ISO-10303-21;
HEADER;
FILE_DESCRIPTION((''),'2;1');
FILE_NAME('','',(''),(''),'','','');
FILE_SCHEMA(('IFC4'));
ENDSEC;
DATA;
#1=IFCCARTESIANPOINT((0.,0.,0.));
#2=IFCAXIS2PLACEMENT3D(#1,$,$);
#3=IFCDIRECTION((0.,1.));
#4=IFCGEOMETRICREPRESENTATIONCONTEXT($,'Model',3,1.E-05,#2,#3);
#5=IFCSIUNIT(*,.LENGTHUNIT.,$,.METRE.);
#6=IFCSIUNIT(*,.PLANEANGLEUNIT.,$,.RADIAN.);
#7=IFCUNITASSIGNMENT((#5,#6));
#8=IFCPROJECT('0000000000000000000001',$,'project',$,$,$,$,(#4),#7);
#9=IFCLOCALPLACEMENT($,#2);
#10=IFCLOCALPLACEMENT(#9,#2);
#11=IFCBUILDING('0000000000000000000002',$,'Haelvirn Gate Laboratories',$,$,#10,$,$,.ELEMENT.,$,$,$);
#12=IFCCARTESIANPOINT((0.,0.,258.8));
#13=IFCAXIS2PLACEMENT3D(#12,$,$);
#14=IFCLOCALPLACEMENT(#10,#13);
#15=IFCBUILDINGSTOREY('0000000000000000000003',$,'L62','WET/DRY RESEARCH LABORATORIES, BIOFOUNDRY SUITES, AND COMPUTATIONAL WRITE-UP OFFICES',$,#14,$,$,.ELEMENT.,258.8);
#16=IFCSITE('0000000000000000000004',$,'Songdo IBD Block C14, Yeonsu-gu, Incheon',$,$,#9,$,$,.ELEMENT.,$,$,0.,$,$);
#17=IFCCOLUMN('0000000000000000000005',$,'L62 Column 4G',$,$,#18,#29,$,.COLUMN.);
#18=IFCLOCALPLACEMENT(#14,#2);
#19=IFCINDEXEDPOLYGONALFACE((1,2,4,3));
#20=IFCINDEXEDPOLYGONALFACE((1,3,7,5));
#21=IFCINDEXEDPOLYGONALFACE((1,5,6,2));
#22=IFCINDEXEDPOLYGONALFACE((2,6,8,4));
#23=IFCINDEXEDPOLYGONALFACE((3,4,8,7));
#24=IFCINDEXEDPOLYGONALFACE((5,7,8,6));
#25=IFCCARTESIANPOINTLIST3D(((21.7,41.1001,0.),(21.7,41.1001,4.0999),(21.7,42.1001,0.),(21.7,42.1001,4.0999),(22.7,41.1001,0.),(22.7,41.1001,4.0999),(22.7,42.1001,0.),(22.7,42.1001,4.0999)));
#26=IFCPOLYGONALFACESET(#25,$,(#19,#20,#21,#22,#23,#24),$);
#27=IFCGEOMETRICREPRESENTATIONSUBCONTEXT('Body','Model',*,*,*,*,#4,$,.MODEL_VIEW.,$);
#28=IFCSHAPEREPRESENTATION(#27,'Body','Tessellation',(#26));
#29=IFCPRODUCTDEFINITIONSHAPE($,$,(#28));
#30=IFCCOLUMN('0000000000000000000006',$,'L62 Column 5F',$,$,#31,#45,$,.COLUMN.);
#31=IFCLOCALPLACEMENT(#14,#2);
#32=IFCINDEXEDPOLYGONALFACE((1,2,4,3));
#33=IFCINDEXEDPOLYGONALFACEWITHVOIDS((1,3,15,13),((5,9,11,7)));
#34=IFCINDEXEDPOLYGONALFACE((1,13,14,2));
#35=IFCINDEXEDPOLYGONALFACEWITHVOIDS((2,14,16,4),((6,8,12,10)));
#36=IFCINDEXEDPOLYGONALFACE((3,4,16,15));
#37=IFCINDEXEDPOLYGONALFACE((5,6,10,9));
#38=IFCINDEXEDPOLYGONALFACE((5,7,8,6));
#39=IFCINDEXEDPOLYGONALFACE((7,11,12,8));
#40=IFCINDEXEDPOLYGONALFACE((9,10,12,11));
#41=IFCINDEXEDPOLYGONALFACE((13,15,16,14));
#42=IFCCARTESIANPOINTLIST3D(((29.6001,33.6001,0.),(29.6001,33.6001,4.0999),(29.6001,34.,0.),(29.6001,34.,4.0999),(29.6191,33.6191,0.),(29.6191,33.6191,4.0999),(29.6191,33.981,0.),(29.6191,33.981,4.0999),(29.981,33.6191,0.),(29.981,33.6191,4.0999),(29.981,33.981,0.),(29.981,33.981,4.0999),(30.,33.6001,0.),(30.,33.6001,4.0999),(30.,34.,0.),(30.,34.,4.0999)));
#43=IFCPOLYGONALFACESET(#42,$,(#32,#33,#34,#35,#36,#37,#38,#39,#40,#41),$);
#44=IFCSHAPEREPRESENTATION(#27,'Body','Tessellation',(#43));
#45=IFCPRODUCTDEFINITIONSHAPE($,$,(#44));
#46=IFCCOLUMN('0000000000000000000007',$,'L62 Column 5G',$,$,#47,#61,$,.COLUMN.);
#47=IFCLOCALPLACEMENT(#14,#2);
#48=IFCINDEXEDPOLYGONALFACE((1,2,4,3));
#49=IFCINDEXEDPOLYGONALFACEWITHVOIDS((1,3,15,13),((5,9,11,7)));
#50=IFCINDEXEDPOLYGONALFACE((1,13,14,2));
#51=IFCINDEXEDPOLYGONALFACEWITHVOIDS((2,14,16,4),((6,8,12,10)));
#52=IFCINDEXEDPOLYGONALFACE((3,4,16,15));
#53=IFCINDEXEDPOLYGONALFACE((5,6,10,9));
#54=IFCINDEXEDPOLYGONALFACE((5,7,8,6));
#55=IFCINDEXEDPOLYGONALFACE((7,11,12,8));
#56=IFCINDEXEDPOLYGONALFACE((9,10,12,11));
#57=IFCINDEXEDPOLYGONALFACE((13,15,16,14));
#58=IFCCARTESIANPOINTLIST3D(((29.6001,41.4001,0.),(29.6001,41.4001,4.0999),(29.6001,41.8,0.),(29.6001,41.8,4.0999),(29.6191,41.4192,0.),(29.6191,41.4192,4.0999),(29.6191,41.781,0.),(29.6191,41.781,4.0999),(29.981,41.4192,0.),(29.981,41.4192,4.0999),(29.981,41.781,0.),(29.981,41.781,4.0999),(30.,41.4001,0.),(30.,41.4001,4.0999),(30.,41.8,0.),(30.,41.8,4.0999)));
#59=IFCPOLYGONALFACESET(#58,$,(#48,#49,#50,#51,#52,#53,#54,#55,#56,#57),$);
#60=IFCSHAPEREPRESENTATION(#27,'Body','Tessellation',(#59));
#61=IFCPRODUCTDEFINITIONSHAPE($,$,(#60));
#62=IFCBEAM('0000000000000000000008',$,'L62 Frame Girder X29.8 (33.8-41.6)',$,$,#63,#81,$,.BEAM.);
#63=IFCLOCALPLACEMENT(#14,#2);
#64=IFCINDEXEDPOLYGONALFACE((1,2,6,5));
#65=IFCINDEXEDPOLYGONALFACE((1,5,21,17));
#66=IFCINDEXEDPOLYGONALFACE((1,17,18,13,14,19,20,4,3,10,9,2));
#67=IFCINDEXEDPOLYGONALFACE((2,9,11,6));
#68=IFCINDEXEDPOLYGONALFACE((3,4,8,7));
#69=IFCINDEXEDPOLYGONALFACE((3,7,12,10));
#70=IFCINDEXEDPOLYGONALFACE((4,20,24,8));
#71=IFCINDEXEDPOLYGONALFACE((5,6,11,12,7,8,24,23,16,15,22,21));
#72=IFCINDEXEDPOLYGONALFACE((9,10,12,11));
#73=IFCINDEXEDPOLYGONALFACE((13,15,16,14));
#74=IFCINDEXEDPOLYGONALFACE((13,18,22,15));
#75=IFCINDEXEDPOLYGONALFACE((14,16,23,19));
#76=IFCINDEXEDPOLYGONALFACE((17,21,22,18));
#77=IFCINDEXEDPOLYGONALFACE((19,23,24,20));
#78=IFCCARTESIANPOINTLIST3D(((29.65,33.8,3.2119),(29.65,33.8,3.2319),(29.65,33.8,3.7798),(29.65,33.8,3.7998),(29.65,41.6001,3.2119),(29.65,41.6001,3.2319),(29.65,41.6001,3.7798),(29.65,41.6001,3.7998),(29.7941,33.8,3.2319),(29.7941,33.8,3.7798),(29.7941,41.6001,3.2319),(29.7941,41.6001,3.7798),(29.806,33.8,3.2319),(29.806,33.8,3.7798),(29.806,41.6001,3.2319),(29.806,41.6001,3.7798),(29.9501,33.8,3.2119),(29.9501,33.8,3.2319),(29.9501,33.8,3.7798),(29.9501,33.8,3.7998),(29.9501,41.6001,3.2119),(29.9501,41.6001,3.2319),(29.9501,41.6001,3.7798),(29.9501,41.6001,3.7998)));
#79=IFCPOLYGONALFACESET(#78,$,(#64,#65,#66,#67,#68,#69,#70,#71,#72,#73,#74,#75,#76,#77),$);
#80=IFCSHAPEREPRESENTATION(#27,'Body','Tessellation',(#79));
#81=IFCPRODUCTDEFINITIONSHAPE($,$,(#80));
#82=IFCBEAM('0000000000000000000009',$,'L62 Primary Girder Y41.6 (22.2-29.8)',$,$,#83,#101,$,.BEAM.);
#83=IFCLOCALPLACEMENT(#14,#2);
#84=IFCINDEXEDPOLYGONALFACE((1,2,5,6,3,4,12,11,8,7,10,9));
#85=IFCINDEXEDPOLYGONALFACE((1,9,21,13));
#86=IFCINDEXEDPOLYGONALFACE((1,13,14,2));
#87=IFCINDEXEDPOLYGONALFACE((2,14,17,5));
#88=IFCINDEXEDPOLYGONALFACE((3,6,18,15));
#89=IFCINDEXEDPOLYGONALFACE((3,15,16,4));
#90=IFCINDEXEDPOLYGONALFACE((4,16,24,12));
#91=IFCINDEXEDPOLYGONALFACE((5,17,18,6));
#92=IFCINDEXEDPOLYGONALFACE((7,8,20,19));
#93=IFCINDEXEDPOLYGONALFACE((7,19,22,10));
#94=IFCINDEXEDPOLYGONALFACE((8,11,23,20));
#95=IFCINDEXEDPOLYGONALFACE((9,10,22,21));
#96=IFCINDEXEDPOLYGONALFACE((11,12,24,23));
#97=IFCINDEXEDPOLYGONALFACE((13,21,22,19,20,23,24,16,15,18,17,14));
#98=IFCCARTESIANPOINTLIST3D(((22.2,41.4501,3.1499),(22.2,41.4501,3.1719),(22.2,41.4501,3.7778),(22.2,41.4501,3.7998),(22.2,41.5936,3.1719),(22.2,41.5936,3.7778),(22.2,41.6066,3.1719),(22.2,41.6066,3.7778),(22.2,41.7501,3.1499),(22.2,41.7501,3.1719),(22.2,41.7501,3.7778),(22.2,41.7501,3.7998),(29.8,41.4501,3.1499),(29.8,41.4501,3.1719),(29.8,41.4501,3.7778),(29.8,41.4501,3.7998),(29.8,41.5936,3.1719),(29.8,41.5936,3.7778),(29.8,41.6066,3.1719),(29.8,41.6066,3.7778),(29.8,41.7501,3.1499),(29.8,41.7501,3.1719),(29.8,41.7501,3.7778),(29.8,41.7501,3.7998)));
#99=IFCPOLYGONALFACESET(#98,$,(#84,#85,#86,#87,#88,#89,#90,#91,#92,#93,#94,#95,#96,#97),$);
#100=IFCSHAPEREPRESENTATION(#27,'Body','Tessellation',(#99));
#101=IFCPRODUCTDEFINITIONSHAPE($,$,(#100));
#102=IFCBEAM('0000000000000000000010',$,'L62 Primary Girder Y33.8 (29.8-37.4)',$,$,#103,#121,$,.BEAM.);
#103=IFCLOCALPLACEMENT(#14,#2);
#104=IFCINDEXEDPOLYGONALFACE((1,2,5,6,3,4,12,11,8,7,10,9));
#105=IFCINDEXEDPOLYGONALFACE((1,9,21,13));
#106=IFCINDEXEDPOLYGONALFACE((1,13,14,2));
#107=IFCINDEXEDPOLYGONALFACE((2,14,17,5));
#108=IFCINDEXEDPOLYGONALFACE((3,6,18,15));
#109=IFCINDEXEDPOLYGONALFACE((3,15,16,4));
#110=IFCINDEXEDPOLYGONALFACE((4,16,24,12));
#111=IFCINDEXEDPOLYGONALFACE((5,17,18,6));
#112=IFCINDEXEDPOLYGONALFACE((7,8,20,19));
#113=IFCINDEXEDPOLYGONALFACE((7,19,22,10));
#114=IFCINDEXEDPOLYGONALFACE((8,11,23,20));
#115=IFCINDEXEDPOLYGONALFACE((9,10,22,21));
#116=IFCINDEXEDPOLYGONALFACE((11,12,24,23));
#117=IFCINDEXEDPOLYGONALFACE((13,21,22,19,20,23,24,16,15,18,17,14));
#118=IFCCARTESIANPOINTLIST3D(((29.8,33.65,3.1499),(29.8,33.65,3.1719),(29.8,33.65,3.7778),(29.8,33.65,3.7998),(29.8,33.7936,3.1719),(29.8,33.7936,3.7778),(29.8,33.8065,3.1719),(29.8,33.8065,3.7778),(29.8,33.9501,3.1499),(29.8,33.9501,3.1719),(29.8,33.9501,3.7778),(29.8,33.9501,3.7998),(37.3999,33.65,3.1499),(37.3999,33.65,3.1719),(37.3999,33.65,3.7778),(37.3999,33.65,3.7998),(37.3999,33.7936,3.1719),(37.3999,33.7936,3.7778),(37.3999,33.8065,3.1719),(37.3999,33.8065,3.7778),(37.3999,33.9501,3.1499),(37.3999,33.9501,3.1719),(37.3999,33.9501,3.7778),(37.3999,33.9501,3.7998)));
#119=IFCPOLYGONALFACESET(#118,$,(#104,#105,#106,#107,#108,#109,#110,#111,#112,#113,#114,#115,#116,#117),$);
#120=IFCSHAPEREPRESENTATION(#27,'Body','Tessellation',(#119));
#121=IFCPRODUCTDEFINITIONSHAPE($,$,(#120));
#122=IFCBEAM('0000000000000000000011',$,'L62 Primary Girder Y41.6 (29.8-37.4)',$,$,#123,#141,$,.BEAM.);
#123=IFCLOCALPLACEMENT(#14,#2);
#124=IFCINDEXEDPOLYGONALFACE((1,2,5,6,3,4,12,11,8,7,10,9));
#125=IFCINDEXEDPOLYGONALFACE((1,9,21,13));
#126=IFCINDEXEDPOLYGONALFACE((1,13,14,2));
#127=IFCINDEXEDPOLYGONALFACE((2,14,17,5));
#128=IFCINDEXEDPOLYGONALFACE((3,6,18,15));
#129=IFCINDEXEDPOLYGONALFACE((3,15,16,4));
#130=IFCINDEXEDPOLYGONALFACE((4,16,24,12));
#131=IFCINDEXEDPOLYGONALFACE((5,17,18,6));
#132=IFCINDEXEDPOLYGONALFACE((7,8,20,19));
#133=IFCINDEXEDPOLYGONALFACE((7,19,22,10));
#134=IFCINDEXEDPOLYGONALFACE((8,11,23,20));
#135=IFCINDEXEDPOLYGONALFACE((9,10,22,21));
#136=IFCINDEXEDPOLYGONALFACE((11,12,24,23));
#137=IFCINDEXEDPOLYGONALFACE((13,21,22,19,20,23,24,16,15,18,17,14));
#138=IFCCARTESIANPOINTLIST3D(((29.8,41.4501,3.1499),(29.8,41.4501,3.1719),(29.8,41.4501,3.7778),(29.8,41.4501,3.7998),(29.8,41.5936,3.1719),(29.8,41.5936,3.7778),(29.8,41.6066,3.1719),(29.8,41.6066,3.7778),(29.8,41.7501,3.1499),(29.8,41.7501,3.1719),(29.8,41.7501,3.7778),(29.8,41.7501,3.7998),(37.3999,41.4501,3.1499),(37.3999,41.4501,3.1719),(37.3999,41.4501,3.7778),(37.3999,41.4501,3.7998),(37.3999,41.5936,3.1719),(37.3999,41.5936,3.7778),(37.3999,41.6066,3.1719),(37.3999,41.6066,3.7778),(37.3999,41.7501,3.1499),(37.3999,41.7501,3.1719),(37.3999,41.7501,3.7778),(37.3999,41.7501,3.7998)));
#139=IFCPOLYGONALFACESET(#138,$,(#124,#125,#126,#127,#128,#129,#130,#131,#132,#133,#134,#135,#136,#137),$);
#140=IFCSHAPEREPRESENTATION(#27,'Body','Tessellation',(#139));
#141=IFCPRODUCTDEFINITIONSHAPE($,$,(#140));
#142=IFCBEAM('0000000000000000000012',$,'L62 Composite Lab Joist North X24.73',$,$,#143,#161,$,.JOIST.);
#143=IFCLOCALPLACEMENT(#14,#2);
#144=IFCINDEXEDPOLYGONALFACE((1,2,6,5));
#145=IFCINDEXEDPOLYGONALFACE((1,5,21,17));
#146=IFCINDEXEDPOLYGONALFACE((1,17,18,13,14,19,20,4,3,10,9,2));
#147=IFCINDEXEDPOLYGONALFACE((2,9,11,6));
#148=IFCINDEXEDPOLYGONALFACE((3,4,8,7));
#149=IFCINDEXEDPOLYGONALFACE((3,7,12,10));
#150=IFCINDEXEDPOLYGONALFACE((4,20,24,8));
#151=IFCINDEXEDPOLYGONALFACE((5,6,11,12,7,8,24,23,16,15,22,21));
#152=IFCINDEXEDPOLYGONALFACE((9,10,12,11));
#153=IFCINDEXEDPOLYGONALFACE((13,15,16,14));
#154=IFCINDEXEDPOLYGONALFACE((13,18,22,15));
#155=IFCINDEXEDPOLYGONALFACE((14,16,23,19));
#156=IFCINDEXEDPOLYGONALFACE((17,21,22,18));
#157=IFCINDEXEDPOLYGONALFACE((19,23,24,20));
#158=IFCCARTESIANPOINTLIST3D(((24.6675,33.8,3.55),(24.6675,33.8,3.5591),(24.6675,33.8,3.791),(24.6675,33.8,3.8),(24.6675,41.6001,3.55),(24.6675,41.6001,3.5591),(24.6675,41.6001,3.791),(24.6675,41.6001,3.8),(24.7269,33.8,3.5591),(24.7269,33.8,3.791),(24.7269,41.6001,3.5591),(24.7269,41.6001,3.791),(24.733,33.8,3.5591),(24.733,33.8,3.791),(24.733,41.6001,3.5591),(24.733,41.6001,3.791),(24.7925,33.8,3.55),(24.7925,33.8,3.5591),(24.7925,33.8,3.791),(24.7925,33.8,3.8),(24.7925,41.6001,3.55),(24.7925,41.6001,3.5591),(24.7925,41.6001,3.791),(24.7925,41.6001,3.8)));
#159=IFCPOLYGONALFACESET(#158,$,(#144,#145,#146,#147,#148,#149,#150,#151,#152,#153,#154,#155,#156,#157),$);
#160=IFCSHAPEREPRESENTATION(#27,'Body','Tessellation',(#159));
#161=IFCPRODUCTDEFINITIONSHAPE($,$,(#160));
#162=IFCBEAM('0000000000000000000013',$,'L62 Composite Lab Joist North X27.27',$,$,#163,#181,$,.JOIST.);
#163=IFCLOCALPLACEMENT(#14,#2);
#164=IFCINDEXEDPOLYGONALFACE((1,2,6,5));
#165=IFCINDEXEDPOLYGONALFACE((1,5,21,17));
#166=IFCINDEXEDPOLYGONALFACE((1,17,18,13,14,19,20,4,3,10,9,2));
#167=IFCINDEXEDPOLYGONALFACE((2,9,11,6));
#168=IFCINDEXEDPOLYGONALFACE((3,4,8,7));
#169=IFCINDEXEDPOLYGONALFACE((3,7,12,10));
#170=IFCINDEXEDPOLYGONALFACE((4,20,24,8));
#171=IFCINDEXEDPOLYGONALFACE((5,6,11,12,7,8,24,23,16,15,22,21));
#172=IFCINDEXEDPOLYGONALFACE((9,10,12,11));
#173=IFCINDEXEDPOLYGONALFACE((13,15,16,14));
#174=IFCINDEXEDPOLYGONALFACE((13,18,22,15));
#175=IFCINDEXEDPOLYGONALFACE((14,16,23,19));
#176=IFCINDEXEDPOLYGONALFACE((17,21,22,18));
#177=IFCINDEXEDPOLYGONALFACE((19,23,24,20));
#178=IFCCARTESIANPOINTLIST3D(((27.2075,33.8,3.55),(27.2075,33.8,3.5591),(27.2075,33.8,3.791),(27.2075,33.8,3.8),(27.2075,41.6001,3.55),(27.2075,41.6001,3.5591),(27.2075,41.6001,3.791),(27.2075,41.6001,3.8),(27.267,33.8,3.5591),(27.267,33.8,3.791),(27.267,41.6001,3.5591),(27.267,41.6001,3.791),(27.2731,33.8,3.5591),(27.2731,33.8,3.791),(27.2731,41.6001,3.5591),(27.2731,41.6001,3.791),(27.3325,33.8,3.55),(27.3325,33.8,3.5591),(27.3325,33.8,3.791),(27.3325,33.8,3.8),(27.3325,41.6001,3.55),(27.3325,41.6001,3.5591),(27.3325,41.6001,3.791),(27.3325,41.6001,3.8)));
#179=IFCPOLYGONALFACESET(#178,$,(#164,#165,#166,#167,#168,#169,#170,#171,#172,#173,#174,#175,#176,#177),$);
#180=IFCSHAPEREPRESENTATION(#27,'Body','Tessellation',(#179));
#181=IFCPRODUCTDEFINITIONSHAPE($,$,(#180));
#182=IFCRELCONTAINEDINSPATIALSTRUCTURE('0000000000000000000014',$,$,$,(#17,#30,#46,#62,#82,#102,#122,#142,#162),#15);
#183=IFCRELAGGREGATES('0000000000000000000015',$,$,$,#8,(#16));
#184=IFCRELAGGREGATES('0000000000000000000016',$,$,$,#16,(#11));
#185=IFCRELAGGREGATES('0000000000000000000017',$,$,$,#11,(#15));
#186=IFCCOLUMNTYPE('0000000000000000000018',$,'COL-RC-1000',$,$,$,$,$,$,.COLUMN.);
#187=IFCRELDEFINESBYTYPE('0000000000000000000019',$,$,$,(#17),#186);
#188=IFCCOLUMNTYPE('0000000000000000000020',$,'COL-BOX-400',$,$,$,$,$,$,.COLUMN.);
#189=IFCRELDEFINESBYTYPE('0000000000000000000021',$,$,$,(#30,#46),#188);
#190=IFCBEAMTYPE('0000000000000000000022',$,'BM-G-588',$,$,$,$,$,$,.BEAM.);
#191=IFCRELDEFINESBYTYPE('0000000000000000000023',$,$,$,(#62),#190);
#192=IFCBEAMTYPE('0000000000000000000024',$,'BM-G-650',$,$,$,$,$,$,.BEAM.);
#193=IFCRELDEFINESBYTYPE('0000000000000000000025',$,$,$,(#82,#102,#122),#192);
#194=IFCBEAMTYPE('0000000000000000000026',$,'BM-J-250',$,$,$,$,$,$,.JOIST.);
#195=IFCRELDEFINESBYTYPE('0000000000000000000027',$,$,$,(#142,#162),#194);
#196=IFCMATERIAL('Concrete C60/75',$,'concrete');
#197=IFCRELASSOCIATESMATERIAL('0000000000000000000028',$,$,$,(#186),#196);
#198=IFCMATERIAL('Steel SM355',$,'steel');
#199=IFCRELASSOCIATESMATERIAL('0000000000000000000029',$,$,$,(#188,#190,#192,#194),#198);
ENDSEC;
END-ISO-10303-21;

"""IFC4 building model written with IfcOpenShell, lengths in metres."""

from ifc_helpers import new_model, si_unit, direction, frame, origin, origin_2d, place, context, subcontext, project, spatial, rectangle, hollow_rectangle, i_section, extrude, source, transform, mapped, material, material_profile, profile_set, type_object, type_shapes, element, save


model = new_model("IFC4")

# Units and contexts
model_context = context("Model", 3, precision=1e-05, world=origin(), true_north=direction((0.0, 1.0)))
body_context = subcontext(model_context, "Body", "Model", "MODEL_VIEW")
ifc_project = project(units=[si_unit("LENGTHUNIT", "METRE"), si_unit("PLANEANGLEUNIT", "RADIAN")], contexts=[model_context])

# Site, building, storey
site_placement = place(None, origin())
site = spatial("IfcSite", under=ifc_project, at=site_placement, Name="Songdo IBD Block C14, Yeonsu-gu, Incheon", CompositionType="ELEMENT", RefElevation=0.0)
building_placement = place(site_placement, origin())
building = spatial("IfcBuilding", under=site, at=building_placement, Name="Haelvirn Gate Laboratories", CompositionType="ELEMENT")
storey_placement = place(building_placement, frame((0.0, 0.0, 258.8)))
storey = spatial("IfcBuildingStorey", under=building, at=storey_placement, Name="L62", Description="WET/DRY RESEARCH LABORATORIES, BIOFOUNDRY SUITES, AND COMPUTATIONAL WRITE-UP OFFICES", CompositionType="ELEMENT", Elevation=258.8)

# Columns
ifc_material_1 = material(Name="Concrete C60/75", Category="concrete")
ifc_material_profile_1 = material_profile(ifc_material_1, rectangle(XDim=1.0, YDim=1.0, at=origin_2d()), Name="RC-1000x1000")
ifc_profile_set_1 = profile_set([ifc_material_profile_1], Name="Concrete C60/75")
column_type_1 = type_object("IfcColumnType", Name="COL-RC-1000", PredefinedType="COLUMN", material=ifc_profile_set_1)
shared_shape_1 = source(origin(), body_context, "Body", "SweptSolid", [
    extrude(rectangle(XDim=1.0, YDim=1.0, at=origin_2d()), origin(), (0.0, 0.0, 1.0), 4.0999),
])
type_shapes(column_type_1, [shared_shape_1])
column_placement = place(storey_placement, frame((22.2, 41.6001, 0.0), z_axis=(0.0, 0.0, 1.0), x_axis=(1.0, 0.0, 0.0)))
element("IfcColumn", 1, at=column_placement, inside=storey, type_object=column_type_1, Name="L62 Column 4G", PredefinedType="COLUMN", context=body_context, shape_type="MappedRepresentation", body=[
    mapped(shared_shape_1, transform((0.0, 0.0, 0.0), scale=1.0)),
])
ifc_material_2 = material(Name="Steel SM355", Category="steel")
ifc_material_profile_2 = material_profile(ifc_material_2, hollow_rectangle(XDim=0.3999, YDim=0.3999, WallThickness=0.019, at=origin_2d()), Name="BOX-400x400x19")
ifc_profile_set_2 = profile_set([ifc_material_profile_2], Name="Steel SM355")
column_type_2 = type_object("IfcColumnType", Name="COL-BOX-400", PredefinedType="COLUMN", material=ifc_profile_set_2)
shared_shape_2 = source(origin(), body_context, "Body", "SweptSolid", [
    extrude(hollow_rectangle(XDim=0.3999, YDim=0.3999, WallThickness=0.019, at=origin_2d()), origin(), (0.0, 0.0, 1.0), 4.0999),
])
type_shapes(column_type_2, [shared_shape_2])
for number, where, z_axis, x_axis, name in (
    (2, (29.8, 33.8, 0.0), (0.0, 0.0, 1.0), (1.0, 0.0, 0.0), "L62 Column 5F"),
    (3, (29.8, 41.6001, 0.0), (0.0, 0.0, 1.0), (1.0, 0.0, 0.0), "L62 Column 5G"),
):
    element("IfcColumn", number, at=place(storey_placement, frame(where, z_axis=z_axis, x_axis=x_axis)), inside=storey, type_object=column_type_2, Name=name, PredefinedType="COLUMN", context=body_context, shape_type="MappedRepresentation", body=[
        mapped(shared_shape_2, transform((0.0, 0.0, 0.0), scale=1.0)),
    ])

# Beams
ifc_material_profile_3 = material_profile(ifc_material_2, i_section(OverallWidth=0.3, OverallDepth=0.5879, WebThickness=0.012, FlangeThickness=0.02, at=origin_2d()), Name="H-588x300x12x20")
ifc_profile_set_3 = profile_set([ifc_material_profile_3], Name="Steel SM355")
beam_type_1 = type_object("IfcBeamType", Name="BM-G-588", PredefinedType="BEAM", material=ifc_profile_set_3)
shared_shape_3 = source(origin(), body_context, "Body", "SweptSolid", [
    extrude(i_section(OverallWidth=0.3, OverallDepth=0.5879, WebThickness=0.012, FlangeThickness=0.02, at=origin_2d()), origin(), (0.0, 0.0, 1.0), 7.8),
])
type_shapes(beam_type_1, [shared_shape_3])
beam_1_placement = place(storey_placement, frame((29.8, 33.8, 3.5059), z_axis=(0.0, 1.0, 0.0), x_axis=(-1.0, 0.0, 0.0)))
element("IfcBeam", 4, at=beam_1_placement, inside=storey, type_object=beam_type_1, Name="L62 Frame Girder X29.8 (33.8-41.6)", PredefinedType="BEAM", context=body_context, shape_type="MappedRepresentation", body=[
    mapped(shared_shape_3, transform((0.0, 0.0, 0.0), scale=1.0)),
])
ifc_material_profile_4 = material_profile(ifc_material_2, i_section(OverallWidth=0.3, OverallDepth=0.6499, WebThickness=0.0129, FlangeThickness=0.022, at=origin_2d()), Name="H-650x300x13x22")
ifc_profile_set_4 = profile_set([ifc_material_profile_4], Name="Steel SM355")
beam_type_2 = type_object("IfcBeamType", Name="BM-G-650", PredefinedType="BEAM", material=ifc_profile_set_4)
shared_shape_4 = source(origin(), body_context, "Body", "SweptSolid", [
    extrude(i_section(OverallWidth=0.3, OverallDepth=0.6499, WebThickness=0.0129, FlangeThickness=0.022, at=origin_2d()), origin(), (0.0, 0.0, 1.0), 7.6001),
])
beam_2_placement = place(storey_placement, frame((22.2, 41.6001, 3.4749), z_axis=(1.0, 0.0, 0.0), x_axis=(0.0, 1.0, 0.0)))
element("IfcBeam", 5, at=beam_2_placement, inside=storey, type_object=beam_type_2, Name="L62 Primary Girder Y41.6 (22.2-29.8)", PredefinedType="BEAM", context=body_context, shape_type="MappedRepresentation", body=[
    mapped(shared_shape_4, transform((0.0, 0.0, 0.0), scale=1.0)),
])
shared_shape_5 = source(origin(), body_context, "Body", "SweptSolid", [
    extrude(i_section(OverallWidth=0.3, OverallDepth=0.6499, WebThickness=0.0129, FlangeThickness=0.022, at=origin_2d()), origin(), (0.0, 0.0, 1.0), 7.5999),
])
type_shapes(beam_type_2, [shared_shape_4, shared_shape_5])
for number, where, z_axis, x_axis, name in (
    (6, (29.8, 33.8, 3.4749), (1.0, 0.0, 0.0), (0.0, 1.0, 0.0), "L62 Primary Girder Y33.8 (29.8-37.4)"),
    (7, (29.8, 41.6001, 3.4749), (1.0, 0.0, 0.0), (0.0, 1.0, 0.0), "L62 Primary Girder Y41.6 (29.8-37.4)"),
):
    element("IfcBeam", number, at=place(storey_placement, frame(where, z_axis=z_axis, x_axis=x_axis)), inside=storey, type_object=beam_type_2, Name=name, PredefinedType="BEAM", context=body_context, shape_type="MappedRepresentation", body=[
        mapped(shared_shape_5, transform((0.0, 0.0, 0.0), scale=1.0)),
    ])
ifc_material_profile_5 = material_profile(ifc_material_2, i_section(OverallWidth=0.125, OverallDepth=0.25, WebThickness=0.0061, FlangeThickness=0.009, at=origin_2d()), Name="H-250x125x6x9")
ifc_profile_set_5 = profile_set([ifc_material_profile_5], Name="Steel SM355")
beam_type_3 = type_object("IfcBeamType", Name="BM-J-250", PredefinedType="JOIST", material=ifc_profile_set_5)
shared_shape_6 = source(origin(), body_context, "Body", "SweptSolid", [
    extrude(i_section(OverallWidth=0.125, OverallDepth=0.25, WebThickness=0.0061, FlangeThickness=0.009, at=origin_2d()), origin(), (0.0, 0.0, 1.0), 7.8),
])
type_shapes(beam_type_3, [shared_shape_6])
for number, where, z_axis, x_axis, name in (
    (8, (24.73, 33.8, 3.675), (0.0, 1.0, 0.0), (-1.0, 0.0, 0.0), "L62 Composite Lab Joist North X24.73"),
    (9, (27.27, 33.8, 3.675), (0.0, 1.0, 0.0), (-1.0, 0.0, 0.0), "L62 Composite Lab Joist North X27.27"),
):
    element("IfcBeam", number, at=place(storey_placement, frame(where, z_axis=z_axis, x_axis=x_axis)), inside=storey, type_object=beam_type_3, Name=name, PredefinedType="JOIST", context=body_context, shape_type="MappedRepresentation", body=[
        mapped(shared_shape_6, transform((0.0, 0.0, 0.0), scale=1.0)),
    ])

save(model, "model.ifc")
